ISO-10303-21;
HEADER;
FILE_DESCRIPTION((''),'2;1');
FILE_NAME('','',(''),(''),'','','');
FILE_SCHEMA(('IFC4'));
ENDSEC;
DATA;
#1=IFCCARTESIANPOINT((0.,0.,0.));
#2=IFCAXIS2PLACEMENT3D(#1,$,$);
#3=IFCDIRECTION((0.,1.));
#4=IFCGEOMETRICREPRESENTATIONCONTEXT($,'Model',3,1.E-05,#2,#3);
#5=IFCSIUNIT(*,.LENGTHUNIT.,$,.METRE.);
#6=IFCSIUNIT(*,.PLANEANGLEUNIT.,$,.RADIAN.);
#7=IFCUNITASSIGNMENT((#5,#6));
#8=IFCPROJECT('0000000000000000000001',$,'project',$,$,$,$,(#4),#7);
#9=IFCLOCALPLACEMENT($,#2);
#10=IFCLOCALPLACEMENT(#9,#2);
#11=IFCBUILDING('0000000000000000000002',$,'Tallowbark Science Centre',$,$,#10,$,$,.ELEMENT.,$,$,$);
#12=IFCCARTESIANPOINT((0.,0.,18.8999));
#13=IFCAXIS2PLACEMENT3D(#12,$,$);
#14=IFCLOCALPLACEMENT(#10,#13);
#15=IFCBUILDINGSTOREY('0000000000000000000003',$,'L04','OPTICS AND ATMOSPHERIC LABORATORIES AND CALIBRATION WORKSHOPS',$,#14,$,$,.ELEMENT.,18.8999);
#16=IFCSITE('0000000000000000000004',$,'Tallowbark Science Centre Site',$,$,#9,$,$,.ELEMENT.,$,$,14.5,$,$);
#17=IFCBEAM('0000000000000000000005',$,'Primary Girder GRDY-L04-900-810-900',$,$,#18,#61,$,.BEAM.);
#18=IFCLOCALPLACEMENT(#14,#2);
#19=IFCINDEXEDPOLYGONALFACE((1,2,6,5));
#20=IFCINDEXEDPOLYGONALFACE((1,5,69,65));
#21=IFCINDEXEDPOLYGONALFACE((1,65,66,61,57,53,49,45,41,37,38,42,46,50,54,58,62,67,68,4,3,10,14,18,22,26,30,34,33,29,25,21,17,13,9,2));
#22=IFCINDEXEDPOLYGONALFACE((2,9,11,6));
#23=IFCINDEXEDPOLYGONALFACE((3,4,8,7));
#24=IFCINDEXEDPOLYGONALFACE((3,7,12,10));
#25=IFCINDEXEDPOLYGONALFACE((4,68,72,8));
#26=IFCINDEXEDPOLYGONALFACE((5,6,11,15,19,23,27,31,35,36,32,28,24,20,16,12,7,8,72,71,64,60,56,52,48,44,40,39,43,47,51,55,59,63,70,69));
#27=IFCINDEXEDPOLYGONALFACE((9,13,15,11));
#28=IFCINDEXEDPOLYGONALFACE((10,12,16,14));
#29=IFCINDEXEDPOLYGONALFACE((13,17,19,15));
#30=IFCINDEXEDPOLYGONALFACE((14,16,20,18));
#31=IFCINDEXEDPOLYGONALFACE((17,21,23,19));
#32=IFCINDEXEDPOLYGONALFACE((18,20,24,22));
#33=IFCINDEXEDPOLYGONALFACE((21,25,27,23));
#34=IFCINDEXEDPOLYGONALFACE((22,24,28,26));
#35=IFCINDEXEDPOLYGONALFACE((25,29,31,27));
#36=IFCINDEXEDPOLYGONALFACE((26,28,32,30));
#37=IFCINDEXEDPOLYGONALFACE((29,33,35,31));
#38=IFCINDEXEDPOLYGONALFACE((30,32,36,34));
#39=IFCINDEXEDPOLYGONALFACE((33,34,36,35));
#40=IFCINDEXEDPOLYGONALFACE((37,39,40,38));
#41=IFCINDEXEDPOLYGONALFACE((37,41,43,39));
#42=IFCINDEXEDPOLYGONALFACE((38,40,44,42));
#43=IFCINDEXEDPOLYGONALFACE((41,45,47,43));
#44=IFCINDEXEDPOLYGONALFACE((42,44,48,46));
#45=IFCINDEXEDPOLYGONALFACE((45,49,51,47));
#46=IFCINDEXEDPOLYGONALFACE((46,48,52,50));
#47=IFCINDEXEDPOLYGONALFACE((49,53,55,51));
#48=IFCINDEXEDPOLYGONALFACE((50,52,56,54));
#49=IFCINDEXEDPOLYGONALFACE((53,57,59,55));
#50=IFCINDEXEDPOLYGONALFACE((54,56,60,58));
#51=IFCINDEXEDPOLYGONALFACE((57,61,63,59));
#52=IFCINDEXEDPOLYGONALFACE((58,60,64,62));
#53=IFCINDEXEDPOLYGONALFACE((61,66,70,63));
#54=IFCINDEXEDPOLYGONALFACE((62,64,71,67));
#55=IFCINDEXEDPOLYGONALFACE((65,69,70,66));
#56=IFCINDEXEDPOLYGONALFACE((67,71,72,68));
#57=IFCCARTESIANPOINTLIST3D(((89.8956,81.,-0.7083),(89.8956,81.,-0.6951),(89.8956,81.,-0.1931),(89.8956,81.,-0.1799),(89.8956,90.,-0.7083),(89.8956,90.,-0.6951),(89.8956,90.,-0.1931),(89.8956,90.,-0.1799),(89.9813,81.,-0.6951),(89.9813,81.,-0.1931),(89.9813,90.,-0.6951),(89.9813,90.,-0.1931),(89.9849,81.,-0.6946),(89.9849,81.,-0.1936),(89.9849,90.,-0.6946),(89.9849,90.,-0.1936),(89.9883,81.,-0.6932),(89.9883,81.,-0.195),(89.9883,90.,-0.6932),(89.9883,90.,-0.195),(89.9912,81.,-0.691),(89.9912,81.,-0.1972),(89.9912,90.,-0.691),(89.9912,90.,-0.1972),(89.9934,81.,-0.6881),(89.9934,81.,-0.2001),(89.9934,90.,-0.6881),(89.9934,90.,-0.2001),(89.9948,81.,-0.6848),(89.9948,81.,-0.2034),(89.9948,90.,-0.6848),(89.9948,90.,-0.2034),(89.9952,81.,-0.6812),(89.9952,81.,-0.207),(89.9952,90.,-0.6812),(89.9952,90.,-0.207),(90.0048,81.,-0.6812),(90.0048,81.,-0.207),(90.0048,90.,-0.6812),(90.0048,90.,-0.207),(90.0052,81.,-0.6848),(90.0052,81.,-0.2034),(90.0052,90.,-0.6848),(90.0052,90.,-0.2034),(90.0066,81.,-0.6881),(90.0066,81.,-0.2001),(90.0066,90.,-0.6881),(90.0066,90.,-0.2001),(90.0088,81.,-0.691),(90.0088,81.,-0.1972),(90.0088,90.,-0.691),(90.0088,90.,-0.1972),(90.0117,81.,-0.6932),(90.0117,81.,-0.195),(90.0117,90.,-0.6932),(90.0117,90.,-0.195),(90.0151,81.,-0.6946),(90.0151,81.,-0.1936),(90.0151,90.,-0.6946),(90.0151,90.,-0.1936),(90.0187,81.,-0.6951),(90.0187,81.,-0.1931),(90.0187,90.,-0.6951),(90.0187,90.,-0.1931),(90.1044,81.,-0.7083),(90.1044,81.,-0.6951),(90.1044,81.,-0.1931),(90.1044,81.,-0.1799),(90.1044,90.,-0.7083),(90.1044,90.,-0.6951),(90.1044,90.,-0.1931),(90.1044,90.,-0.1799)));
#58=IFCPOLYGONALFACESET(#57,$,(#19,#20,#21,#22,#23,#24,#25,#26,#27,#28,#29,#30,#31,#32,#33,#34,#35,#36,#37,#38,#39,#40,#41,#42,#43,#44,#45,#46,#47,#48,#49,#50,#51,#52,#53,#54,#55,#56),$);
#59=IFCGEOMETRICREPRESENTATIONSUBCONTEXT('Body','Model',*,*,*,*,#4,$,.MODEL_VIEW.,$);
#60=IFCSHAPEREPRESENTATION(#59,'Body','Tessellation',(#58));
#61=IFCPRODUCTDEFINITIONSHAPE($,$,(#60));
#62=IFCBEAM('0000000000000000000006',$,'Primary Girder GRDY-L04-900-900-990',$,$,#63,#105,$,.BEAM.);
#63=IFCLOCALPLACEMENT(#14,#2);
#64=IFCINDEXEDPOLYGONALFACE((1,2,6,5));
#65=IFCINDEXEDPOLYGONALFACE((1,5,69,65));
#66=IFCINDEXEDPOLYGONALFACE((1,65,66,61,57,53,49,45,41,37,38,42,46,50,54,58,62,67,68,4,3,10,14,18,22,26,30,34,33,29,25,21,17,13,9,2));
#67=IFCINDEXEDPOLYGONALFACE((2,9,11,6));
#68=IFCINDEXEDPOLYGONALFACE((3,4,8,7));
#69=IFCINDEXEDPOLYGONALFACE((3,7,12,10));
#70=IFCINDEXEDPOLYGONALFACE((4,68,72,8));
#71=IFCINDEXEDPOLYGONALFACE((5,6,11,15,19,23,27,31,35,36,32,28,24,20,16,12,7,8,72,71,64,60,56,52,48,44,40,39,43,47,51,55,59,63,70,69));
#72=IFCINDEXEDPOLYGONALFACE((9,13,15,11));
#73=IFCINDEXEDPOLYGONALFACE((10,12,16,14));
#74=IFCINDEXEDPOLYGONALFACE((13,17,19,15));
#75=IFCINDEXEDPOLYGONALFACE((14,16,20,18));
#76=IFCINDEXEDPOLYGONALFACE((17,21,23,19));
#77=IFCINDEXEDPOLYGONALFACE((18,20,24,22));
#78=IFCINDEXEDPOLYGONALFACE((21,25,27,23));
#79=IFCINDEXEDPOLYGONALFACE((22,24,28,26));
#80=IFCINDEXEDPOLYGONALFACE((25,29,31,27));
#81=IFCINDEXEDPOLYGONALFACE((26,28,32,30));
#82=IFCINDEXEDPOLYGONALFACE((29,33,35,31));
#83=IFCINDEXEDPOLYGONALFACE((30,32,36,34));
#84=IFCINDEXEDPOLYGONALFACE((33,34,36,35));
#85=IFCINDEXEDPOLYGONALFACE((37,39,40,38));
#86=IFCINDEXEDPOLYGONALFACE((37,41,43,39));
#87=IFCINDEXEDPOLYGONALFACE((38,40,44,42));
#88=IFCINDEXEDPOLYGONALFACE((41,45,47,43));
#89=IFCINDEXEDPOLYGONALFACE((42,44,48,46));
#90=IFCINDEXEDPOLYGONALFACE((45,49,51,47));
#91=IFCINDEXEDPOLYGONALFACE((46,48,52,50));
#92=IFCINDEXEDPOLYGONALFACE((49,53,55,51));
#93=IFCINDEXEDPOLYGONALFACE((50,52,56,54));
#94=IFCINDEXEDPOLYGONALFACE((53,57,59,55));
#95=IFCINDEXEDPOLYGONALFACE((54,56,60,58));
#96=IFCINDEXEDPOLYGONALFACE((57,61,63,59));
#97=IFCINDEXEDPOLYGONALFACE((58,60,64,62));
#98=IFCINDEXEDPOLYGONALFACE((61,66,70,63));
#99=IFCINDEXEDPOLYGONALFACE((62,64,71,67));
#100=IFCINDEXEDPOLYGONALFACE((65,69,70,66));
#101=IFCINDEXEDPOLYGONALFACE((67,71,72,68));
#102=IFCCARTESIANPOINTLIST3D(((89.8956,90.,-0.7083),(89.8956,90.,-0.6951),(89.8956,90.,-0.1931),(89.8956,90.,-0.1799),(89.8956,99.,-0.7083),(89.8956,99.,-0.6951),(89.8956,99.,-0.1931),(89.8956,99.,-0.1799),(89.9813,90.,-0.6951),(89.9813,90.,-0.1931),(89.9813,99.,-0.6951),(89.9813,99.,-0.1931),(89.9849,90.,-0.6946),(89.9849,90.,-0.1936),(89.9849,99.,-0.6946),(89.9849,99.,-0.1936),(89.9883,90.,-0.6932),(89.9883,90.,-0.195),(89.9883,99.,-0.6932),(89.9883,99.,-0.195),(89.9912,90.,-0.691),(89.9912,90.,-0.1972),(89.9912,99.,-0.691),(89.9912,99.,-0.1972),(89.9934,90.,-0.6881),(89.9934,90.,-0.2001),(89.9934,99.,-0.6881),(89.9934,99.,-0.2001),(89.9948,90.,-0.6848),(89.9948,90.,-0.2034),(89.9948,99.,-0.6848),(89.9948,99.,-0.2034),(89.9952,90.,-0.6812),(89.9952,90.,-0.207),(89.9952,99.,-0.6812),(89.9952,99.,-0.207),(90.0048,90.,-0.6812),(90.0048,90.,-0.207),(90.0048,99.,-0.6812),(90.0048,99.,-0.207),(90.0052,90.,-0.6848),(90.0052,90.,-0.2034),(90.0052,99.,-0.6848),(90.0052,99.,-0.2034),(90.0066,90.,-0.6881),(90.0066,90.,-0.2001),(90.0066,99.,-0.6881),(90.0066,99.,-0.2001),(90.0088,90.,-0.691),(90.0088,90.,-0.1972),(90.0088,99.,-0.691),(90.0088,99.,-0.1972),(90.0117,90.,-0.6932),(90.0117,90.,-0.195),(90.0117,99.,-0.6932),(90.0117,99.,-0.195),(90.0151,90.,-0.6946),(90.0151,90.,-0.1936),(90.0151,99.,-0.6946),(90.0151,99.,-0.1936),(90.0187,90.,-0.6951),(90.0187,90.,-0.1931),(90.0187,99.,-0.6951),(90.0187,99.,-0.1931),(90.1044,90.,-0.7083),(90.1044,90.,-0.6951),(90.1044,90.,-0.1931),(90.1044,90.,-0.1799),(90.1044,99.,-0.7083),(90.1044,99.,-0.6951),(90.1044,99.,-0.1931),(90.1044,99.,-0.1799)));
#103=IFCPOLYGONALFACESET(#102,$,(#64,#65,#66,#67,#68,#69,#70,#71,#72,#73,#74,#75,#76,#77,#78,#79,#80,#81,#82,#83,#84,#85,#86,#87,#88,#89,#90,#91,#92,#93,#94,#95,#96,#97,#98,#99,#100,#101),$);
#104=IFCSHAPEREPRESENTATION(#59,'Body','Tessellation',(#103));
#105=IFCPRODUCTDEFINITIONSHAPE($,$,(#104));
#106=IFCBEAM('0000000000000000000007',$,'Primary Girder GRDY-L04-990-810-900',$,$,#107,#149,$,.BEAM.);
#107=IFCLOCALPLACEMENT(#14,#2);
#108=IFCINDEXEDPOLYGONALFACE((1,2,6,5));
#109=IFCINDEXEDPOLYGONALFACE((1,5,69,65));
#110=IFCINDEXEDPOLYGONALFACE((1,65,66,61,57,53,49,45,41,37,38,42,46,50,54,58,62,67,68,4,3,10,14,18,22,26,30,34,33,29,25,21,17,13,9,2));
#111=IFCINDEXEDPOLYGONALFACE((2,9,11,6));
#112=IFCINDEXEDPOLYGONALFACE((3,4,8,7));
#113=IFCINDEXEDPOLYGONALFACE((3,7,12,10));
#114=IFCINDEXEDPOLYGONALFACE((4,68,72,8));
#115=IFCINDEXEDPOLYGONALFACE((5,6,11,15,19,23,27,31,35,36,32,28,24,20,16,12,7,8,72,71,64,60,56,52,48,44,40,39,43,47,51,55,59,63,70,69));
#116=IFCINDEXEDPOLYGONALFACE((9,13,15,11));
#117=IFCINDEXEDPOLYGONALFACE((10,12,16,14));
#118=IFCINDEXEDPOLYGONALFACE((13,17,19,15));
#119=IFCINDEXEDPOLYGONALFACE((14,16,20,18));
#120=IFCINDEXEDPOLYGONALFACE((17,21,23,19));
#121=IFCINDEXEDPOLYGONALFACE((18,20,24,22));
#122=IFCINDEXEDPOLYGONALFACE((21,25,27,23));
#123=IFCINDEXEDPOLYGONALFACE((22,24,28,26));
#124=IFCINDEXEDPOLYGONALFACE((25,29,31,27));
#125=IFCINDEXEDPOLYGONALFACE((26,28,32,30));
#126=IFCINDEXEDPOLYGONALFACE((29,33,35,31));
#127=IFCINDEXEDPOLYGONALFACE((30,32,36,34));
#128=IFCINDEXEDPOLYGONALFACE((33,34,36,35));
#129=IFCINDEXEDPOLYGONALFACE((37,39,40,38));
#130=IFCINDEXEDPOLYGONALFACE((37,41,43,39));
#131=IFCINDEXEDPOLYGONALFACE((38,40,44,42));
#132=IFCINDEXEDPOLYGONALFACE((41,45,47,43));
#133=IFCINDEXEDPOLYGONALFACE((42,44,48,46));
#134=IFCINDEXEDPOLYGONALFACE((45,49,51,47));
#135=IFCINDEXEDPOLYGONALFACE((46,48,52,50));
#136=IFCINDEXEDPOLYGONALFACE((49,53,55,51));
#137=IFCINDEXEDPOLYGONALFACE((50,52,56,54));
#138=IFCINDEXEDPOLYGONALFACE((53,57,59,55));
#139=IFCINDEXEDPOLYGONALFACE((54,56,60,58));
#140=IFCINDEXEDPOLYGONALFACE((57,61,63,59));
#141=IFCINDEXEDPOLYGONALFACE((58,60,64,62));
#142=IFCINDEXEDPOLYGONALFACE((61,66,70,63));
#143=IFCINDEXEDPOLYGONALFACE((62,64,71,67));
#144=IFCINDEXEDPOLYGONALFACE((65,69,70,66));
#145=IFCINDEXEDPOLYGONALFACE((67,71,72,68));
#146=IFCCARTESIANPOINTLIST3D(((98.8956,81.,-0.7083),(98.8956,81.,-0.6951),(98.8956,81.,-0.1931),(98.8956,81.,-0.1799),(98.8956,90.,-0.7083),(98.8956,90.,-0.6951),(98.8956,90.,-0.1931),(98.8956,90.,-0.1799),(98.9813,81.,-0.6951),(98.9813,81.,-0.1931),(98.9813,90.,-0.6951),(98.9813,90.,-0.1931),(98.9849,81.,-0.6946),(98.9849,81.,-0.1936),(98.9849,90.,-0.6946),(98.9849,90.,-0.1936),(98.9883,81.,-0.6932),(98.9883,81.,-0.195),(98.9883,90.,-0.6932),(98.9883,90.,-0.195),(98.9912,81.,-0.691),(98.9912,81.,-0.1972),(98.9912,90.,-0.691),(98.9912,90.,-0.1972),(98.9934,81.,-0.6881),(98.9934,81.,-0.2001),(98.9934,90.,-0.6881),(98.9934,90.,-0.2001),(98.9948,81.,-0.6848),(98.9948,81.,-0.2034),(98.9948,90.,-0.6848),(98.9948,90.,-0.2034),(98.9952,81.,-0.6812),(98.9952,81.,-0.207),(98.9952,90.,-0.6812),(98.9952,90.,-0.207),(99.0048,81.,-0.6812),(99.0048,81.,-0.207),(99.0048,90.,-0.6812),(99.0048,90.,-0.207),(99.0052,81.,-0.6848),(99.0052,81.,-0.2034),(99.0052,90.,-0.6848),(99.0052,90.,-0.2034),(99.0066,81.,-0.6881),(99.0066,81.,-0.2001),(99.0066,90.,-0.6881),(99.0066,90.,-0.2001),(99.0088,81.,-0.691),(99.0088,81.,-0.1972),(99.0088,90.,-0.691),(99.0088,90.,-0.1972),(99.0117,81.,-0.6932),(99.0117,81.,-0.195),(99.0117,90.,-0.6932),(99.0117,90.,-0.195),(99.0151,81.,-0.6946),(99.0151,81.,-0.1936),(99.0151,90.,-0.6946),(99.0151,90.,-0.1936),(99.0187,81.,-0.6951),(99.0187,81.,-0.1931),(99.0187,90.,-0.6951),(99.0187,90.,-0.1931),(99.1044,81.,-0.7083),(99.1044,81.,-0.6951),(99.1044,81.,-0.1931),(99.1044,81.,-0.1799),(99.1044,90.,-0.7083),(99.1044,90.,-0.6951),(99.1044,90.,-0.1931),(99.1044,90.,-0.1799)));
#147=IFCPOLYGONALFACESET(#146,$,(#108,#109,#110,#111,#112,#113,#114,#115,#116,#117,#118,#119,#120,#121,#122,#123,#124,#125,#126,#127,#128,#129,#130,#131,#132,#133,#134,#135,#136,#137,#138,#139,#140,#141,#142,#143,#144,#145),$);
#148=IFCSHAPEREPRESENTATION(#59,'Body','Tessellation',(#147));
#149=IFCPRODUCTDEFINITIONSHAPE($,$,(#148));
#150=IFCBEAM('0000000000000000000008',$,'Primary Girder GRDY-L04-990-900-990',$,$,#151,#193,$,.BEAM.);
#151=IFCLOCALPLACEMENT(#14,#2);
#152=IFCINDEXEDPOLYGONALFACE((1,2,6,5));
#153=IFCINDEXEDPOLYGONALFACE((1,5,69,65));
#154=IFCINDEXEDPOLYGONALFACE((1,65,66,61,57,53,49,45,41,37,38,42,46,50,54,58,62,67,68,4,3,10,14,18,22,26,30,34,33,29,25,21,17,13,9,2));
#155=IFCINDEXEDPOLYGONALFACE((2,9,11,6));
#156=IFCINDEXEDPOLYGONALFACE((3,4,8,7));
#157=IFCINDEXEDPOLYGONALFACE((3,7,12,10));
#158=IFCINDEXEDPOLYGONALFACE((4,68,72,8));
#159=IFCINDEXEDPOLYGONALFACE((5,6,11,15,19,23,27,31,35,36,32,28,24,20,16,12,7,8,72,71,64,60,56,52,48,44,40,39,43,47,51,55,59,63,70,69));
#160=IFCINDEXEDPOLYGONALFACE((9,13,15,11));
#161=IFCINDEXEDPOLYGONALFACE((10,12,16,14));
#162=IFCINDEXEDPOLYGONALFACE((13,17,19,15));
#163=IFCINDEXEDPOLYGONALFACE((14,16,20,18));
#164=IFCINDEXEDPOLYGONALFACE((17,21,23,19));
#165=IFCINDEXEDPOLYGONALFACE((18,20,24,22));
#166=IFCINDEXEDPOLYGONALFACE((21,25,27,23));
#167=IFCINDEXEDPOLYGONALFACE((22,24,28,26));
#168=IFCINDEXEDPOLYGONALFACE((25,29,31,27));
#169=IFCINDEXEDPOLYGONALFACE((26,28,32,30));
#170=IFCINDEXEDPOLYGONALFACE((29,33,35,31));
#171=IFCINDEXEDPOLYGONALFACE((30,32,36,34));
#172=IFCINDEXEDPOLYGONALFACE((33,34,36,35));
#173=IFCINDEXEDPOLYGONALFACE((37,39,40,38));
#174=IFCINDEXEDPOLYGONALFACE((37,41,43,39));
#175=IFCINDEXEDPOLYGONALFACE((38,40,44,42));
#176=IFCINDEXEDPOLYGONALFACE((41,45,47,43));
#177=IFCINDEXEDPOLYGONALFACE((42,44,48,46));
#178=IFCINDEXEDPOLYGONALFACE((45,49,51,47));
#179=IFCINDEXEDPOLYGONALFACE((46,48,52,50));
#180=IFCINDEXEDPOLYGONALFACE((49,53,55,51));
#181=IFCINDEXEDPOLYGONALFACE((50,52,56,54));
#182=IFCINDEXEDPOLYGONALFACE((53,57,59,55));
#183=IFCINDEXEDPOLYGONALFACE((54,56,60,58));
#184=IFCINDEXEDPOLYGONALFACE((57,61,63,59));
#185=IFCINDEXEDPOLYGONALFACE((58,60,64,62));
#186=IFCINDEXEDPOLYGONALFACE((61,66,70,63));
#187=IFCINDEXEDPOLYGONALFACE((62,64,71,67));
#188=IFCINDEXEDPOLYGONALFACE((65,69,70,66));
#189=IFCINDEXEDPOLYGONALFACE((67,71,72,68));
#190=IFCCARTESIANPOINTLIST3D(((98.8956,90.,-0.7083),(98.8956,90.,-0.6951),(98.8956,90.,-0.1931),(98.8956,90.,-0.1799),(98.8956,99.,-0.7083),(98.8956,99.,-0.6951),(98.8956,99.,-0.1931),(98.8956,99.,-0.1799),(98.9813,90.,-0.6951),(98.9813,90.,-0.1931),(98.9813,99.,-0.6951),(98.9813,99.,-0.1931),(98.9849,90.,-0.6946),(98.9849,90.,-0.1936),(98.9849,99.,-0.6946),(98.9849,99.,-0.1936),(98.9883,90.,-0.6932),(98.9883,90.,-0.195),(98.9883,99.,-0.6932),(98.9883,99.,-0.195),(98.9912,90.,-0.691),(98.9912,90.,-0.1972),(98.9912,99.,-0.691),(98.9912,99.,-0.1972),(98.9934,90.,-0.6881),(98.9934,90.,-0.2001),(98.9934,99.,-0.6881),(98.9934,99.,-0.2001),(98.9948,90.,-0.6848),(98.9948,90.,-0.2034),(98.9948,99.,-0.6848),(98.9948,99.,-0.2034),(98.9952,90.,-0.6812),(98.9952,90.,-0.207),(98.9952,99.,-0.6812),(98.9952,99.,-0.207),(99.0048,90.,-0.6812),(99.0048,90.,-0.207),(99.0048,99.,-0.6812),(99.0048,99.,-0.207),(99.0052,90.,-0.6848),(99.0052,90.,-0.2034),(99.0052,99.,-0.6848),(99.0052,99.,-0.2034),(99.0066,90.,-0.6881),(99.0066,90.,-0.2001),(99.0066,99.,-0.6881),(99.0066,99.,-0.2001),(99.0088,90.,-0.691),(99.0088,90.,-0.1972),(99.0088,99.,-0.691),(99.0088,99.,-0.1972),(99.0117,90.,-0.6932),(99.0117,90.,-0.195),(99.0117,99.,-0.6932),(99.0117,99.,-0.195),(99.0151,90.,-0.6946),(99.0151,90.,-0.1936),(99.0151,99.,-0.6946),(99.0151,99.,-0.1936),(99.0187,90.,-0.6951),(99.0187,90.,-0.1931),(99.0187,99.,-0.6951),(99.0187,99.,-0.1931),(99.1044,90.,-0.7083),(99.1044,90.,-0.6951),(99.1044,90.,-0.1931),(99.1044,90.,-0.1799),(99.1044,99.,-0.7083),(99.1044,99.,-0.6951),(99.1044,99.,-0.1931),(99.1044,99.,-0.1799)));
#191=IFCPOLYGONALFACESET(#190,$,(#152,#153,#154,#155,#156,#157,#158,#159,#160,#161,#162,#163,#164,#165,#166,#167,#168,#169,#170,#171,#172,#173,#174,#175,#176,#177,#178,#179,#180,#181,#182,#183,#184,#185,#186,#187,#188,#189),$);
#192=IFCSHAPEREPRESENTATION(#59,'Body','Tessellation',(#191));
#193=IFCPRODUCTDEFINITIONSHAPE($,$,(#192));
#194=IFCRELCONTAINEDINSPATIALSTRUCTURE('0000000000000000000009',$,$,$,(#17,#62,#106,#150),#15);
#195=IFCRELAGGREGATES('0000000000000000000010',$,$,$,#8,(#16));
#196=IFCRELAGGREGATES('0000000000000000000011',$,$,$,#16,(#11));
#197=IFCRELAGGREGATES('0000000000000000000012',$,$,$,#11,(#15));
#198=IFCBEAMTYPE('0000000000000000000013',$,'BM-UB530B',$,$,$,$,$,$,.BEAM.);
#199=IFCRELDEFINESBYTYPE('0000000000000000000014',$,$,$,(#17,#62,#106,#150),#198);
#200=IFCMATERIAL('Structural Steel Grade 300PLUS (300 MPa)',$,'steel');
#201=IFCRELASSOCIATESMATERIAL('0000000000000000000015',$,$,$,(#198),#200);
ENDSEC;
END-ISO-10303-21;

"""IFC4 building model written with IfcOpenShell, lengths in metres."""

from ifc_helpers import new_model, si_unit, direction, frame, origin, origin_2d, place, context, subcontext, project, spatial, i_section, extrude, material, material_profile, profile_set, type_object, element, save


model = new_model("IFC4")

# Units and contexts
model_context = context("Model", 3, precision=1e-05, world=origin(), true_north=direction((0.0, 1.0)))
body_context = subcontext(model_context, "Body", "Model", "MODEL_VIEW")
ifc_project = project(units=[si_unit("LENGTHUNIT", "METRE"), si_unit("PLANEANGLEUNIT", "RADIAN")], contexts=[model_context])

# Site, building, storey
site_placement = place(None, origin())
site = spatial("IfcSite", under=ifc_project, at=site_placement, Name="Tallowbark Science Centre Site", CompositionType="ELEMENT", RefElevation=14.5)
building_placement = place(site_placement, origin())
building = spatial("IfcBuilding", under=site, at=building_placement, Name="Tallowbark Science Centre", CompositionType="ELEMENT")
storey_placement = place(building_placement, frame((0.0, 0.0, 18.8999)))
storey = spatial("IfcBuildingStorey", under=building, at=storey_placement, Name="L04", Description="OPTICS AND ATMOSPHERIC LABORATORIES AND CALIBRATION WORKSHOPS", CompositionType="ELEMENT", Elevation=18.8999)

# Beams
ifc_material = material(Name="Structural Steel Grade 300PLUS (300 MPa)", Category="steel")
ifc_material_profile_1 = material_profile(ifc_material, i_section(OverallWidth=0.2087, OverallDepth=0.5283, WebThickness=0.0095, FlangeThickness=0.0132, FilletRadius=0.0139, at=origin_2d()), Name="530UB82.0")
ifc_profile_set_1 = profile_set([ifc_material_profile_1], Name="Structural Steel Grade 300PLUS (300 MPa)")
beam_type_1 = type_object("IfcBeamType", Name="BM-UB530B", PredefinedType="BEAM", material=ifc_profile_set_1)
for number, where, z_axis, x_axis, name in (
    (1, (90.0, 81.0, -0.4441), (0.0, 1.0, 0.0), (-1.0, 0.0, 0.0), "Primary Girder GRDY-L04-900-810-900"),
    (2, (90.0, 90.0, -0.4441), (0.0, 1.0, 0.0), (-1.0, 0.0, 0.0), "Primary Girder GRDY-L04-900-900-990"),
    (3, (99.0, 81.0, -0.4441), (0.0, 1.0, 0.0), (-1.0, 0.0, 0.0), "Primary Girder GRDY-L04-990-810-900"),
    (4, (99.0, 90.0, -0.4441), (0.0, 1.0, 0.0), (-1.0, 0.0, 0.0), "Primary Girder GRDY-L04-990-900-990"),
):
    element("IfcBeam", number, at=place(storey_placement, frame(where, z_axis=z_axis, x_axis=x_axis)), inside=storey, type_object=beam_type_1, Name=name, PredefinedType="BEAM", context=body_context, shape_type="SweptSolid", body=[
        extrude(i_section(OverallWidth=0.2087, OverallDepth=0.5283, WebThickness=0.0095, FlangeThickness=0.0132, FilletRadius=0.0139, at=origin_2d()), origin(), (0.0, 0.0, 1.0), 9.0),
    ])

save(model, "model.ifc")
